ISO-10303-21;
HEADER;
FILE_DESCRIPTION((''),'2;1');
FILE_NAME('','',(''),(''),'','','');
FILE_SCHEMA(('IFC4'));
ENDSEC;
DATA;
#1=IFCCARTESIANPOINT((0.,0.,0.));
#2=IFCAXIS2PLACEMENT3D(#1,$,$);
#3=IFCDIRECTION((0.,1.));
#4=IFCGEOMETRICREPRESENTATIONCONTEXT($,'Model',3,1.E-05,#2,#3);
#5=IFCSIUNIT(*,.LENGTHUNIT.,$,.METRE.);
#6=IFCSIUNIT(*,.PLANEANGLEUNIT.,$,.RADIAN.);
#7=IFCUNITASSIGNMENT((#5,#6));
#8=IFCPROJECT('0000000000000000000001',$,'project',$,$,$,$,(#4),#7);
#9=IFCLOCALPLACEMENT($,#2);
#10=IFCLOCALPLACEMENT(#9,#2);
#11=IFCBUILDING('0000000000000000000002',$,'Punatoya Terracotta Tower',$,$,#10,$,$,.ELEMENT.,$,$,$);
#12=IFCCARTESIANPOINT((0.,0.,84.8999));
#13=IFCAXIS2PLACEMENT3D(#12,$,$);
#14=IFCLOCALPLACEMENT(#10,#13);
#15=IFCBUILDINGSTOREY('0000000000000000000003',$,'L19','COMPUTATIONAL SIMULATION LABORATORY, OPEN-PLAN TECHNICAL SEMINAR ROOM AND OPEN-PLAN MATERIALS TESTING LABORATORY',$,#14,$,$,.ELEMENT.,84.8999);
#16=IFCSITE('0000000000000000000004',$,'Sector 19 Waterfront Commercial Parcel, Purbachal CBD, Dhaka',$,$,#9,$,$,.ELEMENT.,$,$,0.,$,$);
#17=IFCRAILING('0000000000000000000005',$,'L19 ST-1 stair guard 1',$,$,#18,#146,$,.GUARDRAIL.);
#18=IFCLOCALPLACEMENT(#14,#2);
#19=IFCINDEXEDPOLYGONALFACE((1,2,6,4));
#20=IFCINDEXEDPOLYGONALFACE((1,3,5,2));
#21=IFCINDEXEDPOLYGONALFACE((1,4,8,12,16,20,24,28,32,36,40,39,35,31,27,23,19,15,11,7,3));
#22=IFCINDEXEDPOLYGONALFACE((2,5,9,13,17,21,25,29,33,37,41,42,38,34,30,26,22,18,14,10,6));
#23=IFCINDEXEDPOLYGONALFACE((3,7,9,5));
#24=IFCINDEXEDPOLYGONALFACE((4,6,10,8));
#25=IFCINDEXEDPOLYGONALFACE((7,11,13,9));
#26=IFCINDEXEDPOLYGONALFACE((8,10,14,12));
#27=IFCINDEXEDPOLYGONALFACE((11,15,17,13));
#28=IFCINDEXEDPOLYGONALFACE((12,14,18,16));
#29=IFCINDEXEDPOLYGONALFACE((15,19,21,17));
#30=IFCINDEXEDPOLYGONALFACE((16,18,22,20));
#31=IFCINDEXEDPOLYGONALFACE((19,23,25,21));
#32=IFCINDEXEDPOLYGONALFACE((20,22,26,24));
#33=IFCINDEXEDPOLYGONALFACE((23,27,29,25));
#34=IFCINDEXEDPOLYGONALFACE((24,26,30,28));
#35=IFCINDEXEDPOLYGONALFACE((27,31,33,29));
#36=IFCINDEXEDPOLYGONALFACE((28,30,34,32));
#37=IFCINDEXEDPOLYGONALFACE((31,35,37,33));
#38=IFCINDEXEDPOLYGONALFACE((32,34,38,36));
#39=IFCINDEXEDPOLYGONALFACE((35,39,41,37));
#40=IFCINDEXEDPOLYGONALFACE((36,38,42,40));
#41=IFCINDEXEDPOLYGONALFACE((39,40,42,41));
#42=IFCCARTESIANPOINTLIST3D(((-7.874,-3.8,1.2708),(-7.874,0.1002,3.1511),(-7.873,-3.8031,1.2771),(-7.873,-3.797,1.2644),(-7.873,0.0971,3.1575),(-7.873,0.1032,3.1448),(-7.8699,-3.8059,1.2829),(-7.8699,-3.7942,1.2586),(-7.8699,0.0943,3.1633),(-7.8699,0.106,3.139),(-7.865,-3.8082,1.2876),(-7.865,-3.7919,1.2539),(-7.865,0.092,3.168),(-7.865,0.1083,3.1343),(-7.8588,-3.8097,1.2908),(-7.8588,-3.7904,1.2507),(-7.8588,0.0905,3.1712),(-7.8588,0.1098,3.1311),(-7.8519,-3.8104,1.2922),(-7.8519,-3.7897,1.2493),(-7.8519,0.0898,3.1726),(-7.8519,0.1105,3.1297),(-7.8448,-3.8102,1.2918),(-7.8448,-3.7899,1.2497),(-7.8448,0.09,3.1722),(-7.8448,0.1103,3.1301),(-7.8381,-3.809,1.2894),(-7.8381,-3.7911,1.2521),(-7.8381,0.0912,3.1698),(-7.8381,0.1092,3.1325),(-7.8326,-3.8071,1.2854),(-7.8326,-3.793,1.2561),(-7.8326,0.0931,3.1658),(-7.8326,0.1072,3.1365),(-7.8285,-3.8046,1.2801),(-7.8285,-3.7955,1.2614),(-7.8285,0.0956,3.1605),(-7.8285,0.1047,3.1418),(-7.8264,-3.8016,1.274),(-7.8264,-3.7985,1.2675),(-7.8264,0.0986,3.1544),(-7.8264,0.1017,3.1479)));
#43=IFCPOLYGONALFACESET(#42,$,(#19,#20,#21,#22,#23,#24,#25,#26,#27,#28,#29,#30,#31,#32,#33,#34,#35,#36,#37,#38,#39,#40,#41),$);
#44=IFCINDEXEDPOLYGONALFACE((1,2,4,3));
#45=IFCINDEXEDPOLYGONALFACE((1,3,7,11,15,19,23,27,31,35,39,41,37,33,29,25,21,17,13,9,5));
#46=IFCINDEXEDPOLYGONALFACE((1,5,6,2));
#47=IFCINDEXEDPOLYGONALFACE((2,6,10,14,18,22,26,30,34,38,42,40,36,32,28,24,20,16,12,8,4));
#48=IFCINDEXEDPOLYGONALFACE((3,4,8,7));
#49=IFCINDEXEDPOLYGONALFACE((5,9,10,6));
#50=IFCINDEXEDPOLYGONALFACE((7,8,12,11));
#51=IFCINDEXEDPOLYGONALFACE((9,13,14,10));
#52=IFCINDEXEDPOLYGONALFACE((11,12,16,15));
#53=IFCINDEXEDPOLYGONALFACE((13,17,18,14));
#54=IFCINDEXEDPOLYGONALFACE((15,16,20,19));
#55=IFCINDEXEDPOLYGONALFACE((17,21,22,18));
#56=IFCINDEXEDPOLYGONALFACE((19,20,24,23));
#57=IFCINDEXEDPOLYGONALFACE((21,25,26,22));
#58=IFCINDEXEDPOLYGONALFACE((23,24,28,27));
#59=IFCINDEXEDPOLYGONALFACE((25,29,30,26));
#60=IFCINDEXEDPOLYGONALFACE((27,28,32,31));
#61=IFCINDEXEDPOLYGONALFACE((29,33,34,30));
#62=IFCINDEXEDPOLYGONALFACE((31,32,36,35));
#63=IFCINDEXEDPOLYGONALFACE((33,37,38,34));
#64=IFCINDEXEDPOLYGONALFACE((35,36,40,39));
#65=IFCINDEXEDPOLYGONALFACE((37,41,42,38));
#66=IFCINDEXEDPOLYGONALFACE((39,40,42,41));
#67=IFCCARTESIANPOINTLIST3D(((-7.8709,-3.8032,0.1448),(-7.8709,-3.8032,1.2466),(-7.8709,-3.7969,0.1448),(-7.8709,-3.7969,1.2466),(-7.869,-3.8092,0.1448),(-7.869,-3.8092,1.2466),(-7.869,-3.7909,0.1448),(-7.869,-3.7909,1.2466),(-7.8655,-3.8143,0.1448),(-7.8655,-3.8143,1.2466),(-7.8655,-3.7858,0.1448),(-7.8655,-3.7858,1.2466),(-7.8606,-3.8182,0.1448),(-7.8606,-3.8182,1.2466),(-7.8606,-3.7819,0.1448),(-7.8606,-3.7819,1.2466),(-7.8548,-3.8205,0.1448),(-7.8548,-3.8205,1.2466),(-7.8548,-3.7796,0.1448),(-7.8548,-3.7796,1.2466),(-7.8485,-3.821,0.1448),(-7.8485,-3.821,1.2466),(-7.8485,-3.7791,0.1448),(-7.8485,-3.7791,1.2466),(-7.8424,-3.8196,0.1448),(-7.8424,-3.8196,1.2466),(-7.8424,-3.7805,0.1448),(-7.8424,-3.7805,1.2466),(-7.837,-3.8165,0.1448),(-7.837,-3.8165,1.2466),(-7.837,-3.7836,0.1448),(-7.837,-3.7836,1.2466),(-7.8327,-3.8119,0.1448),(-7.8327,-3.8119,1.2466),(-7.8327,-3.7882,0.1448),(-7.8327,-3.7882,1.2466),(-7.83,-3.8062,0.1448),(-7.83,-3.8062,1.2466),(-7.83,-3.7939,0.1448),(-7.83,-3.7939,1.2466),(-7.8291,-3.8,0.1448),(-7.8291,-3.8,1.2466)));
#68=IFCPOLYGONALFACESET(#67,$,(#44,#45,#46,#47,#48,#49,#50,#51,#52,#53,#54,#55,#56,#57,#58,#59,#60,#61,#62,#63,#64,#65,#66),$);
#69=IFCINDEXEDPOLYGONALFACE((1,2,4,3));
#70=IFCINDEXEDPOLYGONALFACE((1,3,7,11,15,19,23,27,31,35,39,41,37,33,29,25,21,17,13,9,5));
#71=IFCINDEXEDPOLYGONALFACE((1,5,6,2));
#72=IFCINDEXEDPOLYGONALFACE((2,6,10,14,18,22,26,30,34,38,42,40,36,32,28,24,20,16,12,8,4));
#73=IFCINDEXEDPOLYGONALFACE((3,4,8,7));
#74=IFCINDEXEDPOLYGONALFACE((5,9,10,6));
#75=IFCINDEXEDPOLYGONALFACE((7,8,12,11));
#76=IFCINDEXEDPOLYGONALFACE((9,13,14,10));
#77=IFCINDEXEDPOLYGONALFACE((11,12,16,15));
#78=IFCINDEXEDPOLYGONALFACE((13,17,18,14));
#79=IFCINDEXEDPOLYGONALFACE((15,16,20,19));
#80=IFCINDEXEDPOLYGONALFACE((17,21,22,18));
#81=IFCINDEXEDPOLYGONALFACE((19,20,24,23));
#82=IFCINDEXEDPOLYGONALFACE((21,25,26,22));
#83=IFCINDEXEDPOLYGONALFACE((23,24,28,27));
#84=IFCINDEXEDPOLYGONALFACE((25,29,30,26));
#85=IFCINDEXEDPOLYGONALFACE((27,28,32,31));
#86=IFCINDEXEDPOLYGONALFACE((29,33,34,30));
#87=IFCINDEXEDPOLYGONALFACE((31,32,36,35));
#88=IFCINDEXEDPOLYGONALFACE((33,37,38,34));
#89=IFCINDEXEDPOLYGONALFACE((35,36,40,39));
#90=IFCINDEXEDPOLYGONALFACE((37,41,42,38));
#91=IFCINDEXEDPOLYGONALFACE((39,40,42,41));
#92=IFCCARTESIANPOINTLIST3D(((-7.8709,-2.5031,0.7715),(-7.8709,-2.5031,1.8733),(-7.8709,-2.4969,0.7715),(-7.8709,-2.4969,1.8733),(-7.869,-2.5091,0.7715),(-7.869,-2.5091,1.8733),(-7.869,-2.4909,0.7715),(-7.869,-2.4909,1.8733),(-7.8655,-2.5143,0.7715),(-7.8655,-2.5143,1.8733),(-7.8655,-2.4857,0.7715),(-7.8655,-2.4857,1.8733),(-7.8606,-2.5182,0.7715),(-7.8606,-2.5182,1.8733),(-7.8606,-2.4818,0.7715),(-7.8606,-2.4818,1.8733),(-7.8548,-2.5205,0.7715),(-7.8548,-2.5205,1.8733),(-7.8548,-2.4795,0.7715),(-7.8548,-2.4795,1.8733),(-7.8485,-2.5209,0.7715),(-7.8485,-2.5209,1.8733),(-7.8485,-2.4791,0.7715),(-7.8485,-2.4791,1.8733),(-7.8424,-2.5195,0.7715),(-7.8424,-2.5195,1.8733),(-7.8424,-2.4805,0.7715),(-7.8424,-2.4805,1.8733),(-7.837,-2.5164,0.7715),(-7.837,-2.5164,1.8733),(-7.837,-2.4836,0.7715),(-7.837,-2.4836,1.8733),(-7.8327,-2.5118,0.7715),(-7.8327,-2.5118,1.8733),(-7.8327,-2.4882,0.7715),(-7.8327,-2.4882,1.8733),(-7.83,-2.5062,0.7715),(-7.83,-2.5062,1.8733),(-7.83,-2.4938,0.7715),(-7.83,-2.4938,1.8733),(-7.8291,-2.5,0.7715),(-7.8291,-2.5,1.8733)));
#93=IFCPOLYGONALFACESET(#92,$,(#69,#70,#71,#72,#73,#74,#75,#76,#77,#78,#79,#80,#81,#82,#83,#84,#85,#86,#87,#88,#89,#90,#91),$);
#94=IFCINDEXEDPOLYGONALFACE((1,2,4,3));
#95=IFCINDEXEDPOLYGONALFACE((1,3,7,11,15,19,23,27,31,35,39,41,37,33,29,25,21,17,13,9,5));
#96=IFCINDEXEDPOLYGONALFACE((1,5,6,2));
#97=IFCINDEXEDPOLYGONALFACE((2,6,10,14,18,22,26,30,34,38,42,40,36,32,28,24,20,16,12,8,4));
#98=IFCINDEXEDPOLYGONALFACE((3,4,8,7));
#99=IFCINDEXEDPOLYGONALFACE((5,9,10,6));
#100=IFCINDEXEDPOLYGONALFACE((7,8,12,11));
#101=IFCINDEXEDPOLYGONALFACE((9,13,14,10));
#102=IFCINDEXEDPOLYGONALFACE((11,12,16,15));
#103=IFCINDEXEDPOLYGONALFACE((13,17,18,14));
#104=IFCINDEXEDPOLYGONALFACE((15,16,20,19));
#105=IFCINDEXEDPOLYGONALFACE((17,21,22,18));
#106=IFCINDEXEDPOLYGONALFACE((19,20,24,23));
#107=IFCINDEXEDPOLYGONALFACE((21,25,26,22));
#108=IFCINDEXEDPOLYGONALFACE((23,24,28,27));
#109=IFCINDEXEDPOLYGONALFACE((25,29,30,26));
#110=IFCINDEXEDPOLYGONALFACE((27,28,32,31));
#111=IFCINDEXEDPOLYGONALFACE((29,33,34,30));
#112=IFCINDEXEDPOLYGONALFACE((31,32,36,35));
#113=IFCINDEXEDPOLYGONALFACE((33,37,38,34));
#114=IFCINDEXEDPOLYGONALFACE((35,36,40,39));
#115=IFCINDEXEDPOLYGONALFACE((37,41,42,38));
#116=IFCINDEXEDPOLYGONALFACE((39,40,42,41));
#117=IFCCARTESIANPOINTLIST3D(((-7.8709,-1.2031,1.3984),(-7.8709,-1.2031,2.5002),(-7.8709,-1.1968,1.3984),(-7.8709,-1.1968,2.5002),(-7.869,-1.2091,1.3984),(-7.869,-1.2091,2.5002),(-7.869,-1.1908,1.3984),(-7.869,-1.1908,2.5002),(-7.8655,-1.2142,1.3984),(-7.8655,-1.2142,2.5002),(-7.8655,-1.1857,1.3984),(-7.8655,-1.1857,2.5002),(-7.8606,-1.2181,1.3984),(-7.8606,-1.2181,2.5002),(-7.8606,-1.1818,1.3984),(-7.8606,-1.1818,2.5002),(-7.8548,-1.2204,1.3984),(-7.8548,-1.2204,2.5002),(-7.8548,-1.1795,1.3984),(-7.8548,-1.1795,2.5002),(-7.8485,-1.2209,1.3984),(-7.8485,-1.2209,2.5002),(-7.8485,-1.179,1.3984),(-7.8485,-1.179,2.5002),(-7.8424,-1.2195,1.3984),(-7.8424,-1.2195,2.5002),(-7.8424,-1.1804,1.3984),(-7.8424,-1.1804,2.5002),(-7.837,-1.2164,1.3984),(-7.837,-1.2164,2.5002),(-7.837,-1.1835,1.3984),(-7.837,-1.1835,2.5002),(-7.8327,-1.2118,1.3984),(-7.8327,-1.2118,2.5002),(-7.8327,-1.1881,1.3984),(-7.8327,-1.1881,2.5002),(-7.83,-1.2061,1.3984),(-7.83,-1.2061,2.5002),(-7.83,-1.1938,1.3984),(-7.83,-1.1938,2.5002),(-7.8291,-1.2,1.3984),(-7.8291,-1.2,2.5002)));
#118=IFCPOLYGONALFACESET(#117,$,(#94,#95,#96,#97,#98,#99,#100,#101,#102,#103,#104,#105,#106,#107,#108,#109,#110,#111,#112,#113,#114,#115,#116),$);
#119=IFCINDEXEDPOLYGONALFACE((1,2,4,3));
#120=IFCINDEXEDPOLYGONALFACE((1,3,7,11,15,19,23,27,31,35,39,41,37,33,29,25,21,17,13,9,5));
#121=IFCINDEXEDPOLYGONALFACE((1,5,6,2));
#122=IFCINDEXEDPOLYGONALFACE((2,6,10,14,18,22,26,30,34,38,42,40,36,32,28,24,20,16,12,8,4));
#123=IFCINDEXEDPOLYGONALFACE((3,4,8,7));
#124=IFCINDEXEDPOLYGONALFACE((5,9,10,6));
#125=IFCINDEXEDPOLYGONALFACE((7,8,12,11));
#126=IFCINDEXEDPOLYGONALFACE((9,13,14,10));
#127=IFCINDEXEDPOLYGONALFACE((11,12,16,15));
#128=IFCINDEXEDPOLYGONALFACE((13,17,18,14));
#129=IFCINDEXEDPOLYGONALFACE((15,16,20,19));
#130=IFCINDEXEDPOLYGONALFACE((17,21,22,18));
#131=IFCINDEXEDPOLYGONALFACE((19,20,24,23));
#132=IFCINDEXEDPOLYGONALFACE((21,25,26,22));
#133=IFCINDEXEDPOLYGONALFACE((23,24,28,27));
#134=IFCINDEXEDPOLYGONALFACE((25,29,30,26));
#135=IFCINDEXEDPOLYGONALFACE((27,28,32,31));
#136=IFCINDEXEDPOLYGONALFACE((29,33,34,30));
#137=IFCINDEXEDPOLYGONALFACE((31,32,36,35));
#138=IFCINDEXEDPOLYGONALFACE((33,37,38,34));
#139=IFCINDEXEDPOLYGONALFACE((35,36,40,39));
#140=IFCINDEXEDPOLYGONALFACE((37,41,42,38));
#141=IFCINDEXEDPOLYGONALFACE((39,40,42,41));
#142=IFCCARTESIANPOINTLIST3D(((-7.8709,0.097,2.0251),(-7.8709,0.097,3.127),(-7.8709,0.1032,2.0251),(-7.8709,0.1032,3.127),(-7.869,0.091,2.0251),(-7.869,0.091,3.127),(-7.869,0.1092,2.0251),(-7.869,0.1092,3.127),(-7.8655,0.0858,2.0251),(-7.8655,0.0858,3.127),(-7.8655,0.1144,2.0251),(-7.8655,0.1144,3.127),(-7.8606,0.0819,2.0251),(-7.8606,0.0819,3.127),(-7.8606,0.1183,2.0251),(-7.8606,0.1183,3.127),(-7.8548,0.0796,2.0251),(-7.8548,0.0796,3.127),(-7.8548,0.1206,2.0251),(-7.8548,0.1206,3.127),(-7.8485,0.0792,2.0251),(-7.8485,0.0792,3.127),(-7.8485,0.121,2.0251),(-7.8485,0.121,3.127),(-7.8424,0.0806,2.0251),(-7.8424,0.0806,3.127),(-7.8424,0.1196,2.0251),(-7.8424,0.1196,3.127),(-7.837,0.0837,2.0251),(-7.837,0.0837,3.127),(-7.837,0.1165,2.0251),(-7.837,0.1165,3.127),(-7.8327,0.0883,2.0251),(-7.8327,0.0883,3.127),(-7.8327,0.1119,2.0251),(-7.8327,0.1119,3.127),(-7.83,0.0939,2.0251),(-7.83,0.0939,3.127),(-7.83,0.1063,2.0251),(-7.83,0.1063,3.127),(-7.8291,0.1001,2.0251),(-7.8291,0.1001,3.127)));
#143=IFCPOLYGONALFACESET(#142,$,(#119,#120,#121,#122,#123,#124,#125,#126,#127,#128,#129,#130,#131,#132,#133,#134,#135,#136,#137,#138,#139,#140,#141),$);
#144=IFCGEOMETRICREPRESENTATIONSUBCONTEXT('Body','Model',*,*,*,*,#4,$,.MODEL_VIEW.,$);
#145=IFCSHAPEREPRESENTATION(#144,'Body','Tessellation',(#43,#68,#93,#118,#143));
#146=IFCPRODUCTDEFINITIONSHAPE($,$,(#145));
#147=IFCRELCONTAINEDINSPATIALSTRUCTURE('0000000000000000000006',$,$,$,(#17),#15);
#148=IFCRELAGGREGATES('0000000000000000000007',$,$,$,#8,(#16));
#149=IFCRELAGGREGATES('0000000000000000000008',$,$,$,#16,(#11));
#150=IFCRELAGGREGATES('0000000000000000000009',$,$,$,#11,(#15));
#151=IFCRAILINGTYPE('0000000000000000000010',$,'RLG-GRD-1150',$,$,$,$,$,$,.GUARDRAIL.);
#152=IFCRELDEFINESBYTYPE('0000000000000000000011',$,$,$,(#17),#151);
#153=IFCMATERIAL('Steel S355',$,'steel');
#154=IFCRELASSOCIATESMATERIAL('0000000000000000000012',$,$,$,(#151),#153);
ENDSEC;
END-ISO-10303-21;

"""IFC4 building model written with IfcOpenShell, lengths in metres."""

from ifc_helpers import new_model, si_unit, direction, frame, origin, origin_2d, place, context, subcontext, project, spatial, circle, extrude, material, type_object, element, save


model = new_model("IFC4")

# Units and contexts
model_context = context("Model", 3, precision=1e-05, world=origin(), true_north=direction((0.0, 1.0)))
body_context = subcontext(model_context, "Body", "Model", "MODEL_VIEW")
ifc_project = project(units=[si_unit("LENGTHUNIT", "METRE"), si_unit("PLANEANGLEUNIT", "RADIAN")], contexts=[model_context])

# Site, building, storey
site_placement = place(None, origin())
site = spatial("IfcSite", under=ifc_project, at=site_placement, Name="Sector 19 Waterfront Commercial Parcel, Purbachal CBD, Dhaka", CompositionType="ELEMENT", RefElevation=0.0)
building_placement = place(site_placement, origin())
building = spatial("IfcBuilding", under=site, at=building_placement, Name="Punatoya Terracotta Tower", CompositionType="ELEMENT")
storey_placement = place(building_placement, frame((0.0, 0.0, 84.8999)))
storey = spatial("IfcBuildingStorey", under=building, at=storey_placement, Name="L19", Description="COMPUTATIONAL SIMULATION LABORATORY, OPEN-PLAN TECHNICAL SEMINAR ROOM AND OPEN-PLAN MATERIALS TESTING LABORATORY", CompositionType="ELEMENT", Elevation=84.8999)

# Railing
ifc_material_1 = material(Name="Steel S355", Category="steel")
railing_type_1 = type_object("IfcRailingType", Name="RLG-GRD-1150", PredefinedType="GUARDRAIL", material=ifc_material_1)
railing_1_placement = place(storey_placement, frame((-7.8501, -3.8, 0.1448)))
element("IfcRailing", 1, at=railing_1_placement, inside=storey, type_object=railing_type_1, Name="L19 ST-1 stair guard 1", PredefinedType="GUARDRAIL", context=body_context, shape_type="SweptSolid", body=[
    extrude(circle(Radius=0.0239, at=origin_2d()), frame((0.0, 0.0, 1.126), z_axis=(0.0, 0.900774, 0.434289), x_axis=(-1.0, 0.0, 0.0)), (0.0, 0.0, 1.0), 4.3298),
    extrude(circle(Radius=0.021, at=origin_2d()), origin(), (0.0, 0.0, 1.0), 1.1018),
    extrude(circle(Radius=0.021, at=origin_2d()), frame((0.0, 1.3, 0.6267)), (0.0, 0.0, 1.0), 1.1018),
    extrude(circle(Radius=0.021, at=origin_2d()), frame((0.0, 2.6001, 1.2537)), (0.0, 0.0, 1.0), 1.1018),
    extrude(circle(Radius=0.021, at=origin_2d()), frame((0.0, 3.9001, 1.8804)), (0.0, 0.0, 1.0), 1.1018),
])

save(model, "model.ifc")
